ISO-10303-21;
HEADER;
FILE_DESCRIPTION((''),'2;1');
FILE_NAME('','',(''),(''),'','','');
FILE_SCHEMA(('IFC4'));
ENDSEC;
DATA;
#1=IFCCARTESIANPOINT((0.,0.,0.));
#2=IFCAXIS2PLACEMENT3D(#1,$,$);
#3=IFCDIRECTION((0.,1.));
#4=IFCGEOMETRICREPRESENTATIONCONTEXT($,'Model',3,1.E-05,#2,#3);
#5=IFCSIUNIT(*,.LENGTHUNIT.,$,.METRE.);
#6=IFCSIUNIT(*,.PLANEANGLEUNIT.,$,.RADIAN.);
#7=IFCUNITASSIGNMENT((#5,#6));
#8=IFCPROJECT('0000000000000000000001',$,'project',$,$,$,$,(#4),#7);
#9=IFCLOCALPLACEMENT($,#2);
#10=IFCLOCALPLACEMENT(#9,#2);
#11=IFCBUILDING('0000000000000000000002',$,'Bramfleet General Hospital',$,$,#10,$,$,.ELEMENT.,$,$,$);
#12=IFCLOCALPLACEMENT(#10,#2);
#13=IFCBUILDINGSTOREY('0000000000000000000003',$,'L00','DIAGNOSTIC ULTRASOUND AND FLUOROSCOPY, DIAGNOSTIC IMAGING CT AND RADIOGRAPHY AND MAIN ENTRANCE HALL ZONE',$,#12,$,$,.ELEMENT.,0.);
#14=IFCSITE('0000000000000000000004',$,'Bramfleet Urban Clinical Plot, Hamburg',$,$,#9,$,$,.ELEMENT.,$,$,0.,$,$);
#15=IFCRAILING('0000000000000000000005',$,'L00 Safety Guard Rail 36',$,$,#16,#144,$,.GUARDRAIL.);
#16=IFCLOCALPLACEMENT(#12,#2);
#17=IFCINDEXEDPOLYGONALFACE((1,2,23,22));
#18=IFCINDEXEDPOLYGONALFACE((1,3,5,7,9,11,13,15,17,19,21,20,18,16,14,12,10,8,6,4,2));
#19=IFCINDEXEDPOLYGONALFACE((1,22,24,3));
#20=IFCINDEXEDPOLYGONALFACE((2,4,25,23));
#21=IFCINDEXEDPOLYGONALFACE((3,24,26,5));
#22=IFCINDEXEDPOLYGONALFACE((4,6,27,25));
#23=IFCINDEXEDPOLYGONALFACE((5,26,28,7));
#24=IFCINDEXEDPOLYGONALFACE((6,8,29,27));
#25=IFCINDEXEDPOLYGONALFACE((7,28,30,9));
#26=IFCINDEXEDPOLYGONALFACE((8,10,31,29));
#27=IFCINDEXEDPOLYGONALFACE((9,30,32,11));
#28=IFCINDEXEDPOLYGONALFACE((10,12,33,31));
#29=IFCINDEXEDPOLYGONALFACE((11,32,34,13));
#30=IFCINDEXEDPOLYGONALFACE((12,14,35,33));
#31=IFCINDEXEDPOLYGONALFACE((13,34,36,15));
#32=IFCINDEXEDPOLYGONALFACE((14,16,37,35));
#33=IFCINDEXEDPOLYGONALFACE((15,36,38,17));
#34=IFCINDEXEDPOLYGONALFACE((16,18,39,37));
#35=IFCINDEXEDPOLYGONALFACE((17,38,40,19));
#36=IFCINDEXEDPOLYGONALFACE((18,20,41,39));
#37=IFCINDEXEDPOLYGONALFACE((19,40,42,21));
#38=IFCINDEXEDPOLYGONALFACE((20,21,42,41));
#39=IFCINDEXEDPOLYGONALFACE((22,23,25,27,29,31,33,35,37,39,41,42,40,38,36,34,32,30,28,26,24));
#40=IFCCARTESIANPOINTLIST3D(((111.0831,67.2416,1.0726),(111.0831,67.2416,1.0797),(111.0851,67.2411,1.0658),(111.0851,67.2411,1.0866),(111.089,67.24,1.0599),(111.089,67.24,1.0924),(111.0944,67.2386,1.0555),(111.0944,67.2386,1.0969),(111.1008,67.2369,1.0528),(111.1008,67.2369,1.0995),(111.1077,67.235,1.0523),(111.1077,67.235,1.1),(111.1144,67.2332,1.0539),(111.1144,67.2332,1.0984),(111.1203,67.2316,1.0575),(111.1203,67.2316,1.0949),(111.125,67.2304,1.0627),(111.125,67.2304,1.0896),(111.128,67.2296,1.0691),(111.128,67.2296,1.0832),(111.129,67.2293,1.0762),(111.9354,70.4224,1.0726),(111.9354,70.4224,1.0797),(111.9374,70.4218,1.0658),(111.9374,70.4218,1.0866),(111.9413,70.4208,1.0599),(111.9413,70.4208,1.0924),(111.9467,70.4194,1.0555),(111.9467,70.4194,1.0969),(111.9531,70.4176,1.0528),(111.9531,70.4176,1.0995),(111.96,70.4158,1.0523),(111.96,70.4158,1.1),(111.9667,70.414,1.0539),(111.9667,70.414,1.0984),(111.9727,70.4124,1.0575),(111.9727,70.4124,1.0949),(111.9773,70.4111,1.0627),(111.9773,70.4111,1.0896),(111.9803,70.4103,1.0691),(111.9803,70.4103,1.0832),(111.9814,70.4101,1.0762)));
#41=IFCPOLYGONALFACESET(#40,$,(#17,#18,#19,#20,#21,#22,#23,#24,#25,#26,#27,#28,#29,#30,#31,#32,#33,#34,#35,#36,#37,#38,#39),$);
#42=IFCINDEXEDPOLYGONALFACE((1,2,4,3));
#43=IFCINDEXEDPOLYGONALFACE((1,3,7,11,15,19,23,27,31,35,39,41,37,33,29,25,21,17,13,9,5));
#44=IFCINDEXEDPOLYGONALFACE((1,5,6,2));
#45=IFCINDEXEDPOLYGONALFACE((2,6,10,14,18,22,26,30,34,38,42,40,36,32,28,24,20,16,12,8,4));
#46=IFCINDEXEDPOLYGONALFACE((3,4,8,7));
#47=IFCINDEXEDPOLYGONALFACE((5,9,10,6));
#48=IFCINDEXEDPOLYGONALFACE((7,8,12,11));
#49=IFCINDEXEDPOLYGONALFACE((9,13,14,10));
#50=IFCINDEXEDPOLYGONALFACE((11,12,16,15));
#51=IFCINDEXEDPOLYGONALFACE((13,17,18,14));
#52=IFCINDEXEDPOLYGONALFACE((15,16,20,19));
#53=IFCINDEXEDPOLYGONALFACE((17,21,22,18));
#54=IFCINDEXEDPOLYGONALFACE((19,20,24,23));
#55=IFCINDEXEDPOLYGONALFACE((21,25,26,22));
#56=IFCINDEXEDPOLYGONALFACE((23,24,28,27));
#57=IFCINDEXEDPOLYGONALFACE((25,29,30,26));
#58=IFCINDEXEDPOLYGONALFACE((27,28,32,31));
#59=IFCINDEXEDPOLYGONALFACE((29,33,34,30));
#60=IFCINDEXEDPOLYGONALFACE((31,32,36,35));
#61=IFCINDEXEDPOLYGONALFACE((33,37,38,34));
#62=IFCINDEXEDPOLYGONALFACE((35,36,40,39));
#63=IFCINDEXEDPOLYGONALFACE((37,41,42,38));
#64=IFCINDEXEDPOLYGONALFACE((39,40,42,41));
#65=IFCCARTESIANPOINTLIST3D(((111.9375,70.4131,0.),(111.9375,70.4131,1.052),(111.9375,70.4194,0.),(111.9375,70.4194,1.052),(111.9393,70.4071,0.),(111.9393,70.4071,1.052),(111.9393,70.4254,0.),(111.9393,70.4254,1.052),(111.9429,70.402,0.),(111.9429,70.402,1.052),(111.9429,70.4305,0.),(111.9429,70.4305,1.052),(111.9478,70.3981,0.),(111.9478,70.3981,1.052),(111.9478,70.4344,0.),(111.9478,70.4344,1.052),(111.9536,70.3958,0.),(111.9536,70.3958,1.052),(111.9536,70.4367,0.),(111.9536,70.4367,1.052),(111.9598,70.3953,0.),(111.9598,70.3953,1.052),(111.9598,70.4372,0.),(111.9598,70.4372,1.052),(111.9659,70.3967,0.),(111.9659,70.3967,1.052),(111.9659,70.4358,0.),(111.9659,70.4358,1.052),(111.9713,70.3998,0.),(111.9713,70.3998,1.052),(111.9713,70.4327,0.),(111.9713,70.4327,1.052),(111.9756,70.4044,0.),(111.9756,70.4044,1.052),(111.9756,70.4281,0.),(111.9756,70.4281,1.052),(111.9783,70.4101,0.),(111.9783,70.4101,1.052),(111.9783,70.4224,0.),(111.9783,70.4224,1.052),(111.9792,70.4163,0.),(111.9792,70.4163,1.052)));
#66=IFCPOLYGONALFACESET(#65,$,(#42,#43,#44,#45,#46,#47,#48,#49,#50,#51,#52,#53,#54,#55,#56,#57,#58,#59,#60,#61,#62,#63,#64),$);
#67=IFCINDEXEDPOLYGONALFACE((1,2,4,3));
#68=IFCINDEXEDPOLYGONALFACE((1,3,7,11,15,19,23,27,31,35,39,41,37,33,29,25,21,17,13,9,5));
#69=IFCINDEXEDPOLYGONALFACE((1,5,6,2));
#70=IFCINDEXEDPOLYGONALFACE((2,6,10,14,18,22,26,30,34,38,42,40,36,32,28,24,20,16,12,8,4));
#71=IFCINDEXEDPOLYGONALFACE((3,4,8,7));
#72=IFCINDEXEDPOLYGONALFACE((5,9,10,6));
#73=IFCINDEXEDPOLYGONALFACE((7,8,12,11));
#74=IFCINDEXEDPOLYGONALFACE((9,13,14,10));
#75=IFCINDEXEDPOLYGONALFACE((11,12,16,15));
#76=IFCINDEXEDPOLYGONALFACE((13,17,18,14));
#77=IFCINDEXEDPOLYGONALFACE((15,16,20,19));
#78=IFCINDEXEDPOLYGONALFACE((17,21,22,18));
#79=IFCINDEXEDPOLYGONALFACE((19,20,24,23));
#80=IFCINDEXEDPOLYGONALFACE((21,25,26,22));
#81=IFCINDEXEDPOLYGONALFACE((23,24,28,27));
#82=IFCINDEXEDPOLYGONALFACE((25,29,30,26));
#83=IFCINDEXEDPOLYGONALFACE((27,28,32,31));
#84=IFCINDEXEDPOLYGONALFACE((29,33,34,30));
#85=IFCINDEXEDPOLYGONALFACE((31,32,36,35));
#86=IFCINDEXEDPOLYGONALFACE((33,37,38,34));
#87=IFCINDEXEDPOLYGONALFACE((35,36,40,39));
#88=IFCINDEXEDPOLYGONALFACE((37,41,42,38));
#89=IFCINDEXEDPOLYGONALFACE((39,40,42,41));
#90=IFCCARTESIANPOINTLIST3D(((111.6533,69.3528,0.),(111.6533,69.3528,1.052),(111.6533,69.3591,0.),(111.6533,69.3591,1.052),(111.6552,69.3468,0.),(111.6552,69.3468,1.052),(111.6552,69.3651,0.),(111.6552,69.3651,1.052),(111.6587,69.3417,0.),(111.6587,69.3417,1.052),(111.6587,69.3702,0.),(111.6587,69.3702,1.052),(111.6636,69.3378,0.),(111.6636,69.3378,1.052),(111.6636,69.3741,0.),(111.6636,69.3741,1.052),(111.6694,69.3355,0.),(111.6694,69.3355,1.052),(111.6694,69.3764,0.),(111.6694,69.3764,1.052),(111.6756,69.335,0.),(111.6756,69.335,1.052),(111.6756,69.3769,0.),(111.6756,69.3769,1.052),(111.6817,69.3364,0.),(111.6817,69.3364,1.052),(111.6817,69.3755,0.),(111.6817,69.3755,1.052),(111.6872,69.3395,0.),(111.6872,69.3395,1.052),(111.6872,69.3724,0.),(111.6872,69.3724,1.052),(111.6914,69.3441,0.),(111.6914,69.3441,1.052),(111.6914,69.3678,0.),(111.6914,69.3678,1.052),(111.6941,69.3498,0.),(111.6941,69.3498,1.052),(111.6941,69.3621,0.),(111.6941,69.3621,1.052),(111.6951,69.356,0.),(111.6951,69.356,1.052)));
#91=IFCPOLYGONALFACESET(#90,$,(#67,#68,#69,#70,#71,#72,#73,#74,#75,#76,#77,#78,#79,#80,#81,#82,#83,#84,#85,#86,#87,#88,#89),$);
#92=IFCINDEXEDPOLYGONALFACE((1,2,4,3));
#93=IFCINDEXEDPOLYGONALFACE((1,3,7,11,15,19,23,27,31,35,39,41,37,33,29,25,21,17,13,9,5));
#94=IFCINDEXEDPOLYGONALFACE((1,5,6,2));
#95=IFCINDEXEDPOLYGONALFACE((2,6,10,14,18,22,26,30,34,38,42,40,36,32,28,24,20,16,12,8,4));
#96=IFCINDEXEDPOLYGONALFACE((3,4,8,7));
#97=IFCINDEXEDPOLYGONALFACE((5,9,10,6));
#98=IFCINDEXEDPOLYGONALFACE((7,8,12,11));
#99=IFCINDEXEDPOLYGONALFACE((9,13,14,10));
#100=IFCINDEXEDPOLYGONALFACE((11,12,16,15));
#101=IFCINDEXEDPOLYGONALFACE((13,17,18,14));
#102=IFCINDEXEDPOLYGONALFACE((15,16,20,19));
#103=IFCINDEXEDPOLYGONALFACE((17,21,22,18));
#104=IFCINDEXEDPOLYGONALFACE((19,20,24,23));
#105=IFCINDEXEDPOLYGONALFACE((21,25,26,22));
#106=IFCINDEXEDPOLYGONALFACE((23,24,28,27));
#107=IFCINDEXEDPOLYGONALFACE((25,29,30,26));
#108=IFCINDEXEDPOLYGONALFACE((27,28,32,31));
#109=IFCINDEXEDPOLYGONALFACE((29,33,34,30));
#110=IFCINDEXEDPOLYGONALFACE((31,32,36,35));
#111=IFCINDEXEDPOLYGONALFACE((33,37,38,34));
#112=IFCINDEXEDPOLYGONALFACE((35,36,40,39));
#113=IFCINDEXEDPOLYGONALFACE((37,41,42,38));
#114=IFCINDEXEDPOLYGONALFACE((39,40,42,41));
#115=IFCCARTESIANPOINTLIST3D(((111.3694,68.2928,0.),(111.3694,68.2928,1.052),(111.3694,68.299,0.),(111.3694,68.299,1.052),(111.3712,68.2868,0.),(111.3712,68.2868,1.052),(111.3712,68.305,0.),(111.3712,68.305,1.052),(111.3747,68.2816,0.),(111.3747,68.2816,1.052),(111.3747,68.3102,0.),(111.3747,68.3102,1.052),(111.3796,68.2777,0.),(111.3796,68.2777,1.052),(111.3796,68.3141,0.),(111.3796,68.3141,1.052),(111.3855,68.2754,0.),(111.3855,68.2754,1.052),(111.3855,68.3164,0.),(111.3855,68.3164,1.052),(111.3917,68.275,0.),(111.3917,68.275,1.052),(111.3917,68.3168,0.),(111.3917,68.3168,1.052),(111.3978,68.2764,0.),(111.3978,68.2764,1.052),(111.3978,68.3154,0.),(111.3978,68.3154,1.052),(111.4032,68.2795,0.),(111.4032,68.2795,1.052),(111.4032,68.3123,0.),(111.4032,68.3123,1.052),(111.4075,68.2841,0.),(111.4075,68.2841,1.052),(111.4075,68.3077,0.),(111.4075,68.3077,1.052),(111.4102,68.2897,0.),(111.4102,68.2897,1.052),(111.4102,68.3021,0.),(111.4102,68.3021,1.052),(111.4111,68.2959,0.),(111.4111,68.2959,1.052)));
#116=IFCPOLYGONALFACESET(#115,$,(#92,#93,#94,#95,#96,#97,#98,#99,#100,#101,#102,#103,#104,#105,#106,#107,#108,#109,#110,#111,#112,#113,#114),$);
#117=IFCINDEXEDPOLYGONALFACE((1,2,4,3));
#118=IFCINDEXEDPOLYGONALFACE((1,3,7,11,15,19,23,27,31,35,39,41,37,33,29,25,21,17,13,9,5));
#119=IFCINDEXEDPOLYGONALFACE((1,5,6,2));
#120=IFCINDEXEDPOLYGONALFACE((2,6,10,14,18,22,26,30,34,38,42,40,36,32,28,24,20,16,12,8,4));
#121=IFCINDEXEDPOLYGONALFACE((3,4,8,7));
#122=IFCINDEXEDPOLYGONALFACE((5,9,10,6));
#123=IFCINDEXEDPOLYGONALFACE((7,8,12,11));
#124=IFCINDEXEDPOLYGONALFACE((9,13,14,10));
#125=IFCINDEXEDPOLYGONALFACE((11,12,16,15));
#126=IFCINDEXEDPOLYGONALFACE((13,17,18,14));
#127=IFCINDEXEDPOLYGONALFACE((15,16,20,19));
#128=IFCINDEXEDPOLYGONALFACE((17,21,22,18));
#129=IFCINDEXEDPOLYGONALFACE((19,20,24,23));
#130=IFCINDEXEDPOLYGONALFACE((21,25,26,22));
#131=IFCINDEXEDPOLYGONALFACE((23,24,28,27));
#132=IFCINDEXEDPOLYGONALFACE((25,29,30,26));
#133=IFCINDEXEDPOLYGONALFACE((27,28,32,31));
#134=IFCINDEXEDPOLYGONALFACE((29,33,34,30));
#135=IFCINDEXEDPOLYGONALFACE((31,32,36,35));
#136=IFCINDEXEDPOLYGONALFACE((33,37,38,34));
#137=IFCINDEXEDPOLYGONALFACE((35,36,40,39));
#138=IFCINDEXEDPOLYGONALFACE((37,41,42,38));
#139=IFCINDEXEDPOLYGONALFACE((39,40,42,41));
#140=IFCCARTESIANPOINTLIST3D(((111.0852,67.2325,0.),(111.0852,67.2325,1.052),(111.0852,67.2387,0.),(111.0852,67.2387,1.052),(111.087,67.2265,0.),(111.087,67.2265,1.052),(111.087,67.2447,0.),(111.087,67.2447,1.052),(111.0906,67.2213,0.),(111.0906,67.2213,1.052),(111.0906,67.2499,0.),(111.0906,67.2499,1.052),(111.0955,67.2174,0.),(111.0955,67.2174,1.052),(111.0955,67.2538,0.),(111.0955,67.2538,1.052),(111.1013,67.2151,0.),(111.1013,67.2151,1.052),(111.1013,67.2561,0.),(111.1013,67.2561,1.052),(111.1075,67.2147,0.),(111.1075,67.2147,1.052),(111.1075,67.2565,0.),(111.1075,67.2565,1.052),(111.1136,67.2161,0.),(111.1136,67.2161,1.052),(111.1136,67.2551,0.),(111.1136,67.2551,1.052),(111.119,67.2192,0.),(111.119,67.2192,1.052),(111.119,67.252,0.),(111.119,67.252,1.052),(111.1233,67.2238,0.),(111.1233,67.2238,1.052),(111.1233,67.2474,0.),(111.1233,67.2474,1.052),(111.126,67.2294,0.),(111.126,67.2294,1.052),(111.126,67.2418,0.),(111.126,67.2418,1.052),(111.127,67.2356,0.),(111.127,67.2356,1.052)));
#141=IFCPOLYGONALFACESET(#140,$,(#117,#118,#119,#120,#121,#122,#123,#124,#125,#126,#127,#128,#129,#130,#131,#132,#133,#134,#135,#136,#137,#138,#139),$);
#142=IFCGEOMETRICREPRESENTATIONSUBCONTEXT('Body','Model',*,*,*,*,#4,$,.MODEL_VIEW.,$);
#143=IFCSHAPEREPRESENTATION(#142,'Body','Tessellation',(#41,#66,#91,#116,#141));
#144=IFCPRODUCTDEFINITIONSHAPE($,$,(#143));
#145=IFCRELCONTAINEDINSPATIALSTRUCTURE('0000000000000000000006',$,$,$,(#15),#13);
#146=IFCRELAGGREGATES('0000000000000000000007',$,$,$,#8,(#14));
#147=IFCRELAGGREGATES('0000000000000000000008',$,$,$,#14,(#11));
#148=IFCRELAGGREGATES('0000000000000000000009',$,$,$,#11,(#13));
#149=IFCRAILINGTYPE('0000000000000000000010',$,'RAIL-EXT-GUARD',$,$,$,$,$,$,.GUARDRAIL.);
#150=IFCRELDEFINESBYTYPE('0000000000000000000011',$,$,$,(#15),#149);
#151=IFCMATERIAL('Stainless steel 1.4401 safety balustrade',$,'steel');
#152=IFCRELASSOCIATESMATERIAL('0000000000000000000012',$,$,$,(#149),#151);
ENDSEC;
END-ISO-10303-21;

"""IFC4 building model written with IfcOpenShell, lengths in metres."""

from ifc_helpers import new_model, si_unit, direction, frame, origin, origin_2d, place, context, subcontext, project, spatial, circle, extrude, material, type_object, element, save


model = new_model("IFC4")

# Units and contexts
model_context = context("Model", 3, precision=1e-05, world=origin(), true_north=direction((0.0, 1.0)))
body_context = subcontext(model_context, "Body", "Model", "MODEL_VIEW")
ifc_project = project(units=[si_unit("LENGTHUNIT", "METRE"), si_unit("PLANEANGLEUNIT", "RADIAN")], contexts=[model_context])

# Site, building, storey
site_placement = place(None, origin())
site = spatial("IfcSite", under=ifc_project, at=site_placement, Name="Bramfleet Urban Clinical Plot, Hamburg", CompositionType="ELEMENT", RefElevation=0.0)
building_placement = place(site_placement, origin())
building = spatial("IfcBuilding", under=site, at=building_placement, Name="Bramfleet General Hospital", CompositionType="ELEMENT")
storey_placement = place(building_placement, origin())
storey = spatial("IfcBuildingStorey", under=building, at=storey_placement, Name="L00", Description="DIAGNOSTIC ULTRASOUND AND FLUOROSCOPY, DIAGNOSTIC IMAGING CT AND RADIOGRAPHY AND MAIN ENTRANCE HALL ZONE", CompositionType="ELEMENT", Elevation=0.0)

# Railing
ifc_material_1 = material(Name="Stainless steel 1.4401 safety balustrade", Category="steel")
railing_type = type_object("IfcRailingType", Name="RAIL-EXT-GUARD", PredefinedType="GUARDRAIL", material=ifc_material_1)
railing_placement = place(storey_placement, frame((111.9583, 70.4163, 0.0)))
element("IfcRailing", 1, at=railing_placement, inside=storey, type_object=railing_type, Name="L00 Safety Guard Rail 36", PredefinedType="GUARDRAIL", context=body_context, shape_type="SweptSolid", body=[
    extrude(circle(Radius=0.0239, at=origin_2d()), frame((0.0, 0.0, 1.0762), z_axis=(-0.25883, -0.965923, 0.0), x_axis=(0.965923, -0.25883, 0.0)), (0.0, 0.0, 1.0), 3.293),
    extrude(circle(Radius=0.021, at=origin_2d()), origin(), (0.0, 0.0, 1.0), 1.052),
    extrude(circle(Radius=0.021, at=origin_2d()), frame((-0.2842, -1.0603, 0.0)), (0.0, 0.0, 1.0), 1.052),
    extrude(circle(Radius=0.021, at=origin_2d()), frame((-0.5681, -2.1204, 0.0)), (0.0, 0.0, 1.0), 1.052),
    extrude(circle(Radius=0.021, at=origin_2d()), frame((-0.8523, -3.1807, 0.0)), (0.0, 0.0, 1.0), 1.052),
])

save(model, "model.ifc")
